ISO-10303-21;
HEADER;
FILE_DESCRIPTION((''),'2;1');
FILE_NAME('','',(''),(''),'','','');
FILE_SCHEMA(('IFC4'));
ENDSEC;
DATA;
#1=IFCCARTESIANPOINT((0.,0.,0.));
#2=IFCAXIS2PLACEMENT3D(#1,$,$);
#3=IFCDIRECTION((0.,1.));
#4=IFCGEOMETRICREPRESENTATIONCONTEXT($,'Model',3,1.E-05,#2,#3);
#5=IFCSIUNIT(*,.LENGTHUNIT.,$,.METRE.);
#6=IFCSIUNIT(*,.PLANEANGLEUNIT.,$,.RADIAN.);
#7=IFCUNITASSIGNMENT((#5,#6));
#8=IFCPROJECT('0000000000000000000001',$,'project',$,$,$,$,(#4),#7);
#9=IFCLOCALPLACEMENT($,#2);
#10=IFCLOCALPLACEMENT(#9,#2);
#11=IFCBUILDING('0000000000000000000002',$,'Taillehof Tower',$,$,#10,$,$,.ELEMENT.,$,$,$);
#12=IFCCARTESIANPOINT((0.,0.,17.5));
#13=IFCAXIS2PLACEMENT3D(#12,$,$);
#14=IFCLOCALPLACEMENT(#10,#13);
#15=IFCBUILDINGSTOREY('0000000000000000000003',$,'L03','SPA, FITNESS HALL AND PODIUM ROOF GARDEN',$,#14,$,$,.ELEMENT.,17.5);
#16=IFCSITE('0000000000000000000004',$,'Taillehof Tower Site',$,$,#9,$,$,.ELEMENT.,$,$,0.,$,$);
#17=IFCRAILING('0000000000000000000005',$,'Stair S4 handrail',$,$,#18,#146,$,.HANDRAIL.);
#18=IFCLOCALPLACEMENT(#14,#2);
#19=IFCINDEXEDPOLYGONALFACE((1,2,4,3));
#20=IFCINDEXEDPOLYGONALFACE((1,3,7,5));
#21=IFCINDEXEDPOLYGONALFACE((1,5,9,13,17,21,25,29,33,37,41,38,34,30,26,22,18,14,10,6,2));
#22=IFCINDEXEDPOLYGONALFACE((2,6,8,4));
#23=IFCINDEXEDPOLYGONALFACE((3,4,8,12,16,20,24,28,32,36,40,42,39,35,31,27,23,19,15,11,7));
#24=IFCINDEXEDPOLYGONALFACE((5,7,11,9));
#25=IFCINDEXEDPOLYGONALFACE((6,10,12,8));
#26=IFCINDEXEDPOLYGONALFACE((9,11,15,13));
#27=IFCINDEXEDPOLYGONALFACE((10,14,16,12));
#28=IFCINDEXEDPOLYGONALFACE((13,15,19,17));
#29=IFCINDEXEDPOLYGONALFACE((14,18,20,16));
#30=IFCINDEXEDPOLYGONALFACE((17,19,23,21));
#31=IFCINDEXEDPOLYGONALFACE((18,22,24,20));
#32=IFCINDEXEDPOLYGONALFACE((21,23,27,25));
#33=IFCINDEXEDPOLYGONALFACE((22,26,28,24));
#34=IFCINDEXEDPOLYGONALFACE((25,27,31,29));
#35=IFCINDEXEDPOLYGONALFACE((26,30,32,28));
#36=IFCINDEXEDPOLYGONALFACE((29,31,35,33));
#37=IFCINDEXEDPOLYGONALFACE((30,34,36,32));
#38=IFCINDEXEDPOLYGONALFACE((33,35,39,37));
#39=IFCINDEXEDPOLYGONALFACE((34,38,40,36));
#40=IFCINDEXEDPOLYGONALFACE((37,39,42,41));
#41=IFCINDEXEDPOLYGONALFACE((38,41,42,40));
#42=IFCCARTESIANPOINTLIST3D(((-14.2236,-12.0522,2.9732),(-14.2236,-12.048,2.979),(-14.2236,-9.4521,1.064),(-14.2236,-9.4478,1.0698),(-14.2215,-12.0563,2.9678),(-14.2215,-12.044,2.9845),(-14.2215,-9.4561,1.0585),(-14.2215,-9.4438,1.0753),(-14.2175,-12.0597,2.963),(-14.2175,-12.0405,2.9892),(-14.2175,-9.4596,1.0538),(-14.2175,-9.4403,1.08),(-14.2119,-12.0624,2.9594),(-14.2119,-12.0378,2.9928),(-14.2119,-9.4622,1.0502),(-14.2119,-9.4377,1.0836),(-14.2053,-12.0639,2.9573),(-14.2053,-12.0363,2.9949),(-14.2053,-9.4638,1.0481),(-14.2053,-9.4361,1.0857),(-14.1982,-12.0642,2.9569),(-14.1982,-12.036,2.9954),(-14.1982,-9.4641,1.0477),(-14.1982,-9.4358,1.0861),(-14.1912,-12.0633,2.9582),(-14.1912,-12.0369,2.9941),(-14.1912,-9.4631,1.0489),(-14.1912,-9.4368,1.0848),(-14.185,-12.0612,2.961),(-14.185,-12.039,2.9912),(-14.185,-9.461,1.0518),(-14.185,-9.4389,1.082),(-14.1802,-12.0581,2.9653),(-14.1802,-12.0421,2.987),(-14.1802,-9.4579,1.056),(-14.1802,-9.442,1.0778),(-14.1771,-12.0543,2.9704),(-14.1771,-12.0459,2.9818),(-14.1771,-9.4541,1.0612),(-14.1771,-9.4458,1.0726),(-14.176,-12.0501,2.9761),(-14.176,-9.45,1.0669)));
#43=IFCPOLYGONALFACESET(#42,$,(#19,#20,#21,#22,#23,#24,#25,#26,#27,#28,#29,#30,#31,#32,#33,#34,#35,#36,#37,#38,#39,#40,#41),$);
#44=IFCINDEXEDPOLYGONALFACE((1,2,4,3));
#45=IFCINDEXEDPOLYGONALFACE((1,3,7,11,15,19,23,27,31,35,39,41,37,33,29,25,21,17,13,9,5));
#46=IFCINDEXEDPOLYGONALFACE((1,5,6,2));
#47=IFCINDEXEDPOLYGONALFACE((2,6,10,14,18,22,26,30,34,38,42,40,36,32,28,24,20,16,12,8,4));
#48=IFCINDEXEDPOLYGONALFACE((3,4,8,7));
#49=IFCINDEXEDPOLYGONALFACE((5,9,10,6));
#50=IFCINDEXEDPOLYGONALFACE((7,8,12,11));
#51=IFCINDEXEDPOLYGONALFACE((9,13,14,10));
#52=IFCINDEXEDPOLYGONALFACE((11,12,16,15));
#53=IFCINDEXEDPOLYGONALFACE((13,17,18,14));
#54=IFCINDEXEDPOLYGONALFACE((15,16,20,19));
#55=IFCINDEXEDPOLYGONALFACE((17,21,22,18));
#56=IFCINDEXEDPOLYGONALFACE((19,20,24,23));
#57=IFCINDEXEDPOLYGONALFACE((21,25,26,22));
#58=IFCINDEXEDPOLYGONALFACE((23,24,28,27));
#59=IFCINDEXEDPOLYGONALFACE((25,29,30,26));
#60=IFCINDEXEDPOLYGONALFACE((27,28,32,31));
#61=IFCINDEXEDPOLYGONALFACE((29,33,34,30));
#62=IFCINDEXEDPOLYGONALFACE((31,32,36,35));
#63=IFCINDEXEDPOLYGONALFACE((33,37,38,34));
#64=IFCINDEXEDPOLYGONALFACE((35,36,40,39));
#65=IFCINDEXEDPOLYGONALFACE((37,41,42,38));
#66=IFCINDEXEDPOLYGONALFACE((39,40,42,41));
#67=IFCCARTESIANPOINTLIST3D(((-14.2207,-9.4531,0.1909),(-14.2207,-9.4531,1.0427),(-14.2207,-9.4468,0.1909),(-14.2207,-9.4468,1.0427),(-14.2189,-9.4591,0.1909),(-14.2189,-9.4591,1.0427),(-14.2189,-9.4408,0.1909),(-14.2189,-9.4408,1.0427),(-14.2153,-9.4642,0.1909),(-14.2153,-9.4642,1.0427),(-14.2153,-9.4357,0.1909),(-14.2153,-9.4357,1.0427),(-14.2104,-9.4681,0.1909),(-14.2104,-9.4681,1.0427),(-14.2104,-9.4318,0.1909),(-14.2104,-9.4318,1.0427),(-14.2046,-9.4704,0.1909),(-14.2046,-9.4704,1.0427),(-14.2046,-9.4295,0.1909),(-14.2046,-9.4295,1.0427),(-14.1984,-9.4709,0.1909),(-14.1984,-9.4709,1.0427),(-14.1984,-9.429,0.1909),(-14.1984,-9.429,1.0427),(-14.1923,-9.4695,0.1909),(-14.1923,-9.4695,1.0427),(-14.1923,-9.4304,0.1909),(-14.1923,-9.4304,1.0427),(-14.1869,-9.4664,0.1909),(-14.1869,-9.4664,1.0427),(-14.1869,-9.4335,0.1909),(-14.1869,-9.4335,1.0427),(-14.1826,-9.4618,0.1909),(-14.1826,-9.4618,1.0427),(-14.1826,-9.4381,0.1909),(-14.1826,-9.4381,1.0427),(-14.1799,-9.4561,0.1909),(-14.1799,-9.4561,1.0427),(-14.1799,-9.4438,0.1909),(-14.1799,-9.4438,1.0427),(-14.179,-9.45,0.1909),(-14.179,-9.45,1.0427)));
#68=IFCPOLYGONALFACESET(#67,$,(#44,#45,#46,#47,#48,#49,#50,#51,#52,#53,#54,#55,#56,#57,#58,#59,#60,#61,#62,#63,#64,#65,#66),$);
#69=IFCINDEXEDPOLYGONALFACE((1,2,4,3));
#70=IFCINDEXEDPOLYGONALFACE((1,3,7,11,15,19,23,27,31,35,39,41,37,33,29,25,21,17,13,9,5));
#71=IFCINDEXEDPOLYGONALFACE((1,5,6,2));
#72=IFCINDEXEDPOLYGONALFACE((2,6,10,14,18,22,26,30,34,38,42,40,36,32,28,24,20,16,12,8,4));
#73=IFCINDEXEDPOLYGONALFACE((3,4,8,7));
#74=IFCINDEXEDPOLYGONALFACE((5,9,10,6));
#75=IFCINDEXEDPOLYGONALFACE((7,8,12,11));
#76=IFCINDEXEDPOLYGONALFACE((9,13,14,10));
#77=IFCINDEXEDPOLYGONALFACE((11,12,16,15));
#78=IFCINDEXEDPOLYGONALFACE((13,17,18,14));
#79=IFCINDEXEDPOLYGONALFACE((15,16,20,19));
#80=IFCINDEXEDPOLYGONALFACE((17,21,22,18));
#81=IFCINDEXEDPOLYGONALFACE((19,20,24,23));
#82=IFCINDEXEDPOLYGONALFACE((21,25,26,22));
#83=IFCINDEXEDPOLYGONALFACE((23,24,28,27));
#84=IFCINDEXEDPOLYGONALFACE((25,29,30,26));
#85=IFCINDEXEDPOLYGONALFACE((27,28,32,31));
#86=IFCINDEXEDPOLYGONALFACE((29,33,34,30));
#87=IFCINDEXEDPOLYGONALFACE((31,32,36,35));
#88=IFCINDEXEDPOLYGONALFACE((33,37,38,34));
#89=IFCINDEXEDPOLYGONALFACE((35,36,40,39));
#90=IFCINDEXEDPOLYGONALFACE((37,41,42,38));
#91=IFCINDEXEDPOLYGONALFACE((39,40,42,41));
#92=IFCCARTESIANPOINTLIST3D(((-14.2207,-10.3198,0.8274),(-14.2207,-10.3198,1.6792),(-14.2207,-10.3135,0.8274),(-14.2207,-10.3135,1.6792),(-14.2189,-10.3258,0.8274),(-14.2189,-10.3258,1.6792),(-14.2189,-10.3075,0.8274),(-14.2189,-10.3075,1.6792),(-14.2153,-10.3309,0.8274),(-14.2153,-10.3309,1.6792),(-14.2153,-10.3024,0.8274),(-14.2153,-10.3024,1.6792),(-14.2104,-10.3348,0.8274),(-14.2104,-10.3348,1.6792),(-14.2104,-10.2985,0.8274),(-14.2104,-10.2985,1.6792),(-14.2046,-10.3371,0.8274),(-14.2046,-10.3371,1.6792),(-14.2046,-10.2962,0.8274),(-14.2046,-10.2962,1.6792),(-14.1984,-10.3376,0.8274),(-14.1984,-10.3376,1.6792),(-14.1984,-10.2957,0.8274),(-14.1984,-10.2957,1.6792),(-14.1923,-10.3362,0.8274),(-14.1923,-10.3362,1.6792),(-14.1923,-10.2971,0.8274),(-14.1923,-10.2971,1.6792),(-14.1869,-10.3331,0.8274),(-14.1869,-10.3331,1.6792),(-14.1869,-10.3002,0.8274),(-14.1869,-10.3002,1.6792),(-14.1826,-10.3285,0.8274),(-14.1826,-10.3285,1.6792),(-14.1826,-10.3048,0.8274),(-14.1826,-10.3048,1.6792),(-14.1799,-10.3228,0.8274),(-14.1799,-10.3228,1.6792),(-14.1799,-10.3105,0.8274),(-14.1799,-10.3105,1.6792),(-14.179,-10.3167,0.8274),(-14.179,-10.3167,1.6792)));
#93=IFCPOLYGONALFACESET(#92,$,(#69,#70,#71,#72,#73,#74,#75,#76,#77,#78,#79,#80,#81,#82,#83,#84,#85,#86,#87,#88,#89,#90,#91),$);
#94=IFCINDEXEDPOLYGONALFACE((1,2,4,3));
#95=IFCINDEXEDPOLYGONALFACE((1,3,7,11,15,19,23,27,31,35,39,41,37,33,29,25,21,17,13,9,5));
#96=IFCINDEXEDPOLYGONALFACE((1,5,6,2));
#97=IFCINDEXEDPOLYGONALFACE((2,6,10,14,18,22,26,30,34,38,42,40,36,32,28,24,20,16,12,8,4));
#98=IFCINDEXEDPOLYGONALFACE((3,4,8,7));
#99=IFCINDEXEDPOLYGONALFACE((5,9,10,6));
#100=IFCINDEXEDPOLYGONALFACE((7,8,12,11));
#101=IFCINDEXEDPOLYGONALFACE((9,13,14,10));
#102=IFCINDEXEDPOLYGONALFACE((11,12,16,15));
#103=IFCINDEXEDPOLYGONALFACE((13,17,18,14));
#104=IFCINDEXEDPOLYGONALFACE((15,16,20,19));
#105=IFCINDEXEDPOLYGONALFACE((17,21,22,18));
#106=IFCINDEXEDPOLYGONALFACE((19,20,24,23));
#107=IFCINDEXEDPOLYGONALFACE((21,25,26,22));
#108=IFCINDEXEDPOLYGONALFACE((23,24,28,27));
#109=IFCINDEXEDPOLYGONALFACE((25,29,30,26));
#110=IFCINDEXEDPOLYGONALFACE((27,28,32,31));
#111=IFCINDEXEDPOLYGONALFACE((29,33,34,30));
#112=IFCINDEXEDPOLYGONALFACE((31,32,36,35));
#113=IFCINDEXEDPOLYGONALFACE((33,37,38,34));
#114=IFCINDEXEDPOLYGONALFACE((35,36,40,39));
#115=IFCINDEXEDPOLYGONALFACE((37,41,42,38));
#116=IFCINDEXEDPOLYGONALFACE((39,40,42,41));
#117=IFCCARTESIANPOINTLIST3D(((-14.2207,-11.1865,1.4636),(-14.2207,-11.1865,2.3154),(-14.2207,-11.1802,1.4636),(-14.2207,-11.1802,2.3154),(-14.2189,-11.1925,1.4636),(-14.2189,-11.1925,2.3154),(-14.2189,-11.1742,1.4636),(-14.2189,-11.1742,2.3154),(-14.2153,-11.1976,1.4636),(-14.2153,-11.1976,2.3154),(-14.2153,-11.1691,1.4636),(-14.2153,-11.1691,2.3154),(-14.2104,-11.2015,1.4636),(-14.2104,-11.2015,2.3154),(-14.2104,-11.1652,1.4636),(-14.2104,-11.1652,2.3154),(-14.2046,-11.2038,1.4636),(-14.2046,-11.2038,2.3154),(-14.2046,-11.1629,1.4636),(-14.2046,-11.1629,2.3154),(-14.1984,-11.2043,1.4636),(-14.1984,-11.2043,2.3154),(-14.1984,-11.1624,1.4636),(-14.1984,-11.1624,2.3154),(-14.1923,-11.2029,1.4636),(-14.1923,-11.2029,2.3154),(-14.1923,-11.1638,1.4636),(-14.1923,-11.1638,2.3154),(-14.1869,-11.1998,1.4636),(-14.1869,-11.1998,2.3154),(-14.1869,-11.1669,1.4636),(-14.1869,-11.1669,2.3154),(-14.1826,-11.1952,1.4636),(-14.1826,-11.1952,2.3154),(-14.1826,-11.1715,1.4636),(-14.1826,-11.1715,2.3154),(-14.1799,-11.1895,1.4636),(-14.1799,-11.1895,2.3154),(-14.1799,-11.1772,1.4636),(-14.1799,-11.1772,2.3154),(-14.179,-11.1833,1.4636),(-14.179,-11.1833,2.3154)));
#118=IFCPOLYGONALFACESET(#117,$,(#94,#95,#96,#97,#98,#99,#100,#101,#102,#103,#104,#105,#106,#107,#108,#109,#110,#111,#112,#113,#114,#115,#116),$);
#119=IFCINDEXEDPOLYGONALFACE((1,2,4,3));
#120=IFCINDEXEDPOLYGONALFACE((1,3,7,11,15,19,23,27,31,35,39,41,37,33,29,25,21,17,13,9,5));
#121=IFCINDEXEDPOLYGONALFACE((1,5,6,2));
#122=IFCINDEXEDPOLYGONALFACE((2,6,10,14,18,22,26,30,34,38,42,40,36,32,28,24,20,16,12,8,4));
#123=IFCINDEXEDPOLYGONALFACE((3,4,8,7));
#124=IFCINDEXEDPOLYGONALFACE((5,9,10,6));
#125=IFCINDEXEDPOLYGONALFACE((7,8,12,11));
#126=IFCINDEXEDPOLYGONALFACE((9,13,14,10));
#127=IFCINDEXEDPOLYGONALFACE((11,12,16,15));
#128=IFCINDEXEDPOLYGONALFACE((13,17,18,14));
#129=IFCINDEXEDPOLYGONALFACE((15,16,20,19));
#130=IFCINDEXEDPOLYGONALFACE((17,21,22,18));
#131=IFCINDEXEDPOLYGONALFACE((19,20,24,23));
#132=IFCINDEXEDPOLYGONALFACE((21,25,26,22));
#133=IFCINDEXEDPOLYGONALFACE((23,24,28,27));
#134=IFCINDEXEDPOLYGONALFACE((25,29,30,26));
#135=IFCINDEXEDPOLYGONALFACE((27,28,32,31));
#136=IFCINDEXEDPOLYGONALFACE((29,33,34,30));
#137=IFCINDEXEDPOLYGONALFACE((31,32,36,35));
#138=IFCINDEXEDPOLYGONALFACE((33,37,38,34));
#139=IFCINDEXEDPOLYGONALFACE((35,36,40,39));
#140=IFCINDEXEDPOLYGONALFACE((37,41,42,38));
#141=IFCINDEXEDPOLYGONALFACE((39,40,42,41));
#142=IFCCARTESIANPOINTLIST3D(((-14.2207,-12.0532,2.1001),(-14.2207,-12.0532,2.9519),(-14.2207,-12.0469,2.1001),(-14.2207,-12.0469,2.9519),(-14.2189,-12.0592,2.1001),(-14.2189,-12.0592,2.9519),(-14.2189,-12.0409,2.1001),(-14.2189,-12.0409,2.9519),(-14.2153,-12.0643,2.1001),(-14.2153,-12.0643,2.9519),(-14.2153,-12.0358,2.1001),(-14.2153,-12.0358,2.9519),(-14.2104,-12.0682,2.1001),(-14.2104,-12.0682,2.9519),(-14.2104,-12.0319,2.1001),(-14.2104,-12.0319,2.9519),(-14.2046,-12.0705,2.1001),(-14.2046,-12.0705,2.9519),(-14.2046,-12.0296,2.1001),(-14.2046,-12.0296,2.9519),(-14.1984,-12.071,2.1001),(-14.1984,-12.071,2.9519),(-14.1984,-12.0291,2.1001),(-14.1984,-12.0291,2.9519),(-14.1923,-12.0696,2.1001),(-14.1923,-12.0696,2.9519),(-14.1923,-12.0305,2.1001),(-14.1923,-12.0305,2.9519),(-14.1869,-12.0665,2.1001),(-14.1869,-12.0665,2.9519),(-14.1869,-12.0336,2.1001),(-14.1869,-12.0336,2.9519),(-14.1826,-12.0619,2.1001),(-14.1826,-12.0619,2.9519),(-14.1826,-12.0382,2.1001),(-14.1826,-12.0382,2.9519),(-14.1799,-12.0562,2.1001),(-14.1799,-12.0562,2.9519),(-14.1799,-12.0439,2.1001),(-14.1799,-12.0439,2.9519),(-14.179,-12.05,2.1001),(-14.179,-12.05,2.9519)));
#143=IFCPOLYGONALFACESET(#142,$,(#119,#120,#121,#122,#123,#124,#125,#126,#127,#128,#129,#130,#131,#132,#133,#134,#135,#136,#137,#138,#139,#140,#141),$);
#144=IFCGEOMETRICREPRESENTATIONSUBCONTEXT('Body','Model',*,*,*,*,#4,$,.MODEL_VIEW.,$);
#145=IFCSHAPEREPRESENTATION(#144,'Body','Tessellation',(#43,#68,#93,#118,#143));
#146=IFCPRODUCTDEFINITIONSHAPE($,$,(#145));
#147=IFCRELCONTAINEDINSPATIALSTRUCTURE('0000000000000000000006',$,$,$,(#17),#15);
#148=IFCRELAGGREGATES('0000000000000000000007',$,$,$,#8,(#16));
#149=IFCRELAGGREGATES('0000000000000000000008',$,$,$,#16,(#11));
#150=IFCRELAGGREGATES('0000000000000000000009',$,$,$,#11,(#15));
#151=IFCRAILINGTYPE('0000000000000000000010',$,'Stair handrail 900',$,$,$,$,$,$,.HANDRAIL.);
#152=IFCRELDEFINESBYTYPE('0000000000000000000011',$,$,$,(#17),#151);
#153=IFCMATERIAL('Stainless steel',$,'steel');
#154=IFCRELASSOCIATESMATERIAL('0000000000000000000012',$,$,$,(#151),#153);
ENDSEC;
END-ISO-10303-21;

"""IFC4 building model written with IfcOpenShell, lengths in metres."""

from ifc_helpers import new_model, si_unit, direction, frame, origin, origin_2d, place, context, subcontext, project, spatial, circle, extrude, material, type_object, element, save


model = new_model("IFC4")

# Units and contexts
model_context = context("Model", 3, precision=1e-05, world=origin(), true_north=direction((0.0, 1.0)))
body_context = subcontext(model_context, "Body", "Model", "MODEL_VIEW")
ifc_project = project(units=[si_unit("LENGTHUNIT", "METRE"), si_unit("PLANEANGLEUNIT", "RADIAN")], contexts=[model_context])

# Site, building, storey
site_placement = place(None, origin())
site = spatial("IfcSite", under=ifc_project, at=site_placement, Name="Taillehof Tower Site", CompositionType="ELEMENT", RefElevation=0.0)
building_placement = place(site_placement, origin())
building = spatial("IfcBuilding", under=site, at=building_placement, Name="Taillehof Tower", CompositionType="ELEMENT")
storey_placement = place(building_placement, frame((0.0, 0.0, 17.5)))
storey = spatial("IfcBuildingStorey", under=building, at=storey_placement, Name="L03", Description="SPA, FITNESS HALL AND PODIUM ROOF GARDEN", CompositionType="ELEMENT", Elevation=17.5)

# Railing
ifc_material_1 = material(Name="Stainless steel", Category="steel")
railing_type_1 = type_object("IfcRailingType", Name="Stair handrail 900", PredefinedType="HANDRAIL", material=ifc_material_1)
railing_1_placement = place(storey_placement, frame((-14.2, -9.45, 0.1909)))
element("IfcRailing", 1, at=railing_1_placement, inside=storey, type_object=railing_type_1, Name="Stair S4 handrail", PredefinedType="HANDRAIL", context=body_context, shape_type="SweptSolid", body=[
    extrude(circle(Radius=0.0239, at=origin_2d()), frame((0.0, 0.0, 0.876), z_axis=(0.0, -0.806044, 0.591856), x_axis=(1.0, 0.0, 0.0)), (0.0, 0.0, 1.0), 3.2258),
    extrude(circle(Radius=0.021, at=origin_2d()), origin(), (0.0, 0.0, 1.0), 0.8518),
    extrude(circle(Radius=0.021, at=origin_2d()), frame((0.0, -0.8667, 0.6365)), (0.0, 0.0, 1.0), 0.8518),
    extrude(circle(Radius=0.021, at=origin_2d()), frame((0.0, -1.7334, 1.2727)), (0.0, 0.0, 1.0), 0.8518),
    extrude(circle(Radius=0.021, at=origin_2d()), frame((0.0, -2.6001, 1.9092)), (0.0, 0.0, 1.0), 0.8518),
])

save(model, "model.ifc")
